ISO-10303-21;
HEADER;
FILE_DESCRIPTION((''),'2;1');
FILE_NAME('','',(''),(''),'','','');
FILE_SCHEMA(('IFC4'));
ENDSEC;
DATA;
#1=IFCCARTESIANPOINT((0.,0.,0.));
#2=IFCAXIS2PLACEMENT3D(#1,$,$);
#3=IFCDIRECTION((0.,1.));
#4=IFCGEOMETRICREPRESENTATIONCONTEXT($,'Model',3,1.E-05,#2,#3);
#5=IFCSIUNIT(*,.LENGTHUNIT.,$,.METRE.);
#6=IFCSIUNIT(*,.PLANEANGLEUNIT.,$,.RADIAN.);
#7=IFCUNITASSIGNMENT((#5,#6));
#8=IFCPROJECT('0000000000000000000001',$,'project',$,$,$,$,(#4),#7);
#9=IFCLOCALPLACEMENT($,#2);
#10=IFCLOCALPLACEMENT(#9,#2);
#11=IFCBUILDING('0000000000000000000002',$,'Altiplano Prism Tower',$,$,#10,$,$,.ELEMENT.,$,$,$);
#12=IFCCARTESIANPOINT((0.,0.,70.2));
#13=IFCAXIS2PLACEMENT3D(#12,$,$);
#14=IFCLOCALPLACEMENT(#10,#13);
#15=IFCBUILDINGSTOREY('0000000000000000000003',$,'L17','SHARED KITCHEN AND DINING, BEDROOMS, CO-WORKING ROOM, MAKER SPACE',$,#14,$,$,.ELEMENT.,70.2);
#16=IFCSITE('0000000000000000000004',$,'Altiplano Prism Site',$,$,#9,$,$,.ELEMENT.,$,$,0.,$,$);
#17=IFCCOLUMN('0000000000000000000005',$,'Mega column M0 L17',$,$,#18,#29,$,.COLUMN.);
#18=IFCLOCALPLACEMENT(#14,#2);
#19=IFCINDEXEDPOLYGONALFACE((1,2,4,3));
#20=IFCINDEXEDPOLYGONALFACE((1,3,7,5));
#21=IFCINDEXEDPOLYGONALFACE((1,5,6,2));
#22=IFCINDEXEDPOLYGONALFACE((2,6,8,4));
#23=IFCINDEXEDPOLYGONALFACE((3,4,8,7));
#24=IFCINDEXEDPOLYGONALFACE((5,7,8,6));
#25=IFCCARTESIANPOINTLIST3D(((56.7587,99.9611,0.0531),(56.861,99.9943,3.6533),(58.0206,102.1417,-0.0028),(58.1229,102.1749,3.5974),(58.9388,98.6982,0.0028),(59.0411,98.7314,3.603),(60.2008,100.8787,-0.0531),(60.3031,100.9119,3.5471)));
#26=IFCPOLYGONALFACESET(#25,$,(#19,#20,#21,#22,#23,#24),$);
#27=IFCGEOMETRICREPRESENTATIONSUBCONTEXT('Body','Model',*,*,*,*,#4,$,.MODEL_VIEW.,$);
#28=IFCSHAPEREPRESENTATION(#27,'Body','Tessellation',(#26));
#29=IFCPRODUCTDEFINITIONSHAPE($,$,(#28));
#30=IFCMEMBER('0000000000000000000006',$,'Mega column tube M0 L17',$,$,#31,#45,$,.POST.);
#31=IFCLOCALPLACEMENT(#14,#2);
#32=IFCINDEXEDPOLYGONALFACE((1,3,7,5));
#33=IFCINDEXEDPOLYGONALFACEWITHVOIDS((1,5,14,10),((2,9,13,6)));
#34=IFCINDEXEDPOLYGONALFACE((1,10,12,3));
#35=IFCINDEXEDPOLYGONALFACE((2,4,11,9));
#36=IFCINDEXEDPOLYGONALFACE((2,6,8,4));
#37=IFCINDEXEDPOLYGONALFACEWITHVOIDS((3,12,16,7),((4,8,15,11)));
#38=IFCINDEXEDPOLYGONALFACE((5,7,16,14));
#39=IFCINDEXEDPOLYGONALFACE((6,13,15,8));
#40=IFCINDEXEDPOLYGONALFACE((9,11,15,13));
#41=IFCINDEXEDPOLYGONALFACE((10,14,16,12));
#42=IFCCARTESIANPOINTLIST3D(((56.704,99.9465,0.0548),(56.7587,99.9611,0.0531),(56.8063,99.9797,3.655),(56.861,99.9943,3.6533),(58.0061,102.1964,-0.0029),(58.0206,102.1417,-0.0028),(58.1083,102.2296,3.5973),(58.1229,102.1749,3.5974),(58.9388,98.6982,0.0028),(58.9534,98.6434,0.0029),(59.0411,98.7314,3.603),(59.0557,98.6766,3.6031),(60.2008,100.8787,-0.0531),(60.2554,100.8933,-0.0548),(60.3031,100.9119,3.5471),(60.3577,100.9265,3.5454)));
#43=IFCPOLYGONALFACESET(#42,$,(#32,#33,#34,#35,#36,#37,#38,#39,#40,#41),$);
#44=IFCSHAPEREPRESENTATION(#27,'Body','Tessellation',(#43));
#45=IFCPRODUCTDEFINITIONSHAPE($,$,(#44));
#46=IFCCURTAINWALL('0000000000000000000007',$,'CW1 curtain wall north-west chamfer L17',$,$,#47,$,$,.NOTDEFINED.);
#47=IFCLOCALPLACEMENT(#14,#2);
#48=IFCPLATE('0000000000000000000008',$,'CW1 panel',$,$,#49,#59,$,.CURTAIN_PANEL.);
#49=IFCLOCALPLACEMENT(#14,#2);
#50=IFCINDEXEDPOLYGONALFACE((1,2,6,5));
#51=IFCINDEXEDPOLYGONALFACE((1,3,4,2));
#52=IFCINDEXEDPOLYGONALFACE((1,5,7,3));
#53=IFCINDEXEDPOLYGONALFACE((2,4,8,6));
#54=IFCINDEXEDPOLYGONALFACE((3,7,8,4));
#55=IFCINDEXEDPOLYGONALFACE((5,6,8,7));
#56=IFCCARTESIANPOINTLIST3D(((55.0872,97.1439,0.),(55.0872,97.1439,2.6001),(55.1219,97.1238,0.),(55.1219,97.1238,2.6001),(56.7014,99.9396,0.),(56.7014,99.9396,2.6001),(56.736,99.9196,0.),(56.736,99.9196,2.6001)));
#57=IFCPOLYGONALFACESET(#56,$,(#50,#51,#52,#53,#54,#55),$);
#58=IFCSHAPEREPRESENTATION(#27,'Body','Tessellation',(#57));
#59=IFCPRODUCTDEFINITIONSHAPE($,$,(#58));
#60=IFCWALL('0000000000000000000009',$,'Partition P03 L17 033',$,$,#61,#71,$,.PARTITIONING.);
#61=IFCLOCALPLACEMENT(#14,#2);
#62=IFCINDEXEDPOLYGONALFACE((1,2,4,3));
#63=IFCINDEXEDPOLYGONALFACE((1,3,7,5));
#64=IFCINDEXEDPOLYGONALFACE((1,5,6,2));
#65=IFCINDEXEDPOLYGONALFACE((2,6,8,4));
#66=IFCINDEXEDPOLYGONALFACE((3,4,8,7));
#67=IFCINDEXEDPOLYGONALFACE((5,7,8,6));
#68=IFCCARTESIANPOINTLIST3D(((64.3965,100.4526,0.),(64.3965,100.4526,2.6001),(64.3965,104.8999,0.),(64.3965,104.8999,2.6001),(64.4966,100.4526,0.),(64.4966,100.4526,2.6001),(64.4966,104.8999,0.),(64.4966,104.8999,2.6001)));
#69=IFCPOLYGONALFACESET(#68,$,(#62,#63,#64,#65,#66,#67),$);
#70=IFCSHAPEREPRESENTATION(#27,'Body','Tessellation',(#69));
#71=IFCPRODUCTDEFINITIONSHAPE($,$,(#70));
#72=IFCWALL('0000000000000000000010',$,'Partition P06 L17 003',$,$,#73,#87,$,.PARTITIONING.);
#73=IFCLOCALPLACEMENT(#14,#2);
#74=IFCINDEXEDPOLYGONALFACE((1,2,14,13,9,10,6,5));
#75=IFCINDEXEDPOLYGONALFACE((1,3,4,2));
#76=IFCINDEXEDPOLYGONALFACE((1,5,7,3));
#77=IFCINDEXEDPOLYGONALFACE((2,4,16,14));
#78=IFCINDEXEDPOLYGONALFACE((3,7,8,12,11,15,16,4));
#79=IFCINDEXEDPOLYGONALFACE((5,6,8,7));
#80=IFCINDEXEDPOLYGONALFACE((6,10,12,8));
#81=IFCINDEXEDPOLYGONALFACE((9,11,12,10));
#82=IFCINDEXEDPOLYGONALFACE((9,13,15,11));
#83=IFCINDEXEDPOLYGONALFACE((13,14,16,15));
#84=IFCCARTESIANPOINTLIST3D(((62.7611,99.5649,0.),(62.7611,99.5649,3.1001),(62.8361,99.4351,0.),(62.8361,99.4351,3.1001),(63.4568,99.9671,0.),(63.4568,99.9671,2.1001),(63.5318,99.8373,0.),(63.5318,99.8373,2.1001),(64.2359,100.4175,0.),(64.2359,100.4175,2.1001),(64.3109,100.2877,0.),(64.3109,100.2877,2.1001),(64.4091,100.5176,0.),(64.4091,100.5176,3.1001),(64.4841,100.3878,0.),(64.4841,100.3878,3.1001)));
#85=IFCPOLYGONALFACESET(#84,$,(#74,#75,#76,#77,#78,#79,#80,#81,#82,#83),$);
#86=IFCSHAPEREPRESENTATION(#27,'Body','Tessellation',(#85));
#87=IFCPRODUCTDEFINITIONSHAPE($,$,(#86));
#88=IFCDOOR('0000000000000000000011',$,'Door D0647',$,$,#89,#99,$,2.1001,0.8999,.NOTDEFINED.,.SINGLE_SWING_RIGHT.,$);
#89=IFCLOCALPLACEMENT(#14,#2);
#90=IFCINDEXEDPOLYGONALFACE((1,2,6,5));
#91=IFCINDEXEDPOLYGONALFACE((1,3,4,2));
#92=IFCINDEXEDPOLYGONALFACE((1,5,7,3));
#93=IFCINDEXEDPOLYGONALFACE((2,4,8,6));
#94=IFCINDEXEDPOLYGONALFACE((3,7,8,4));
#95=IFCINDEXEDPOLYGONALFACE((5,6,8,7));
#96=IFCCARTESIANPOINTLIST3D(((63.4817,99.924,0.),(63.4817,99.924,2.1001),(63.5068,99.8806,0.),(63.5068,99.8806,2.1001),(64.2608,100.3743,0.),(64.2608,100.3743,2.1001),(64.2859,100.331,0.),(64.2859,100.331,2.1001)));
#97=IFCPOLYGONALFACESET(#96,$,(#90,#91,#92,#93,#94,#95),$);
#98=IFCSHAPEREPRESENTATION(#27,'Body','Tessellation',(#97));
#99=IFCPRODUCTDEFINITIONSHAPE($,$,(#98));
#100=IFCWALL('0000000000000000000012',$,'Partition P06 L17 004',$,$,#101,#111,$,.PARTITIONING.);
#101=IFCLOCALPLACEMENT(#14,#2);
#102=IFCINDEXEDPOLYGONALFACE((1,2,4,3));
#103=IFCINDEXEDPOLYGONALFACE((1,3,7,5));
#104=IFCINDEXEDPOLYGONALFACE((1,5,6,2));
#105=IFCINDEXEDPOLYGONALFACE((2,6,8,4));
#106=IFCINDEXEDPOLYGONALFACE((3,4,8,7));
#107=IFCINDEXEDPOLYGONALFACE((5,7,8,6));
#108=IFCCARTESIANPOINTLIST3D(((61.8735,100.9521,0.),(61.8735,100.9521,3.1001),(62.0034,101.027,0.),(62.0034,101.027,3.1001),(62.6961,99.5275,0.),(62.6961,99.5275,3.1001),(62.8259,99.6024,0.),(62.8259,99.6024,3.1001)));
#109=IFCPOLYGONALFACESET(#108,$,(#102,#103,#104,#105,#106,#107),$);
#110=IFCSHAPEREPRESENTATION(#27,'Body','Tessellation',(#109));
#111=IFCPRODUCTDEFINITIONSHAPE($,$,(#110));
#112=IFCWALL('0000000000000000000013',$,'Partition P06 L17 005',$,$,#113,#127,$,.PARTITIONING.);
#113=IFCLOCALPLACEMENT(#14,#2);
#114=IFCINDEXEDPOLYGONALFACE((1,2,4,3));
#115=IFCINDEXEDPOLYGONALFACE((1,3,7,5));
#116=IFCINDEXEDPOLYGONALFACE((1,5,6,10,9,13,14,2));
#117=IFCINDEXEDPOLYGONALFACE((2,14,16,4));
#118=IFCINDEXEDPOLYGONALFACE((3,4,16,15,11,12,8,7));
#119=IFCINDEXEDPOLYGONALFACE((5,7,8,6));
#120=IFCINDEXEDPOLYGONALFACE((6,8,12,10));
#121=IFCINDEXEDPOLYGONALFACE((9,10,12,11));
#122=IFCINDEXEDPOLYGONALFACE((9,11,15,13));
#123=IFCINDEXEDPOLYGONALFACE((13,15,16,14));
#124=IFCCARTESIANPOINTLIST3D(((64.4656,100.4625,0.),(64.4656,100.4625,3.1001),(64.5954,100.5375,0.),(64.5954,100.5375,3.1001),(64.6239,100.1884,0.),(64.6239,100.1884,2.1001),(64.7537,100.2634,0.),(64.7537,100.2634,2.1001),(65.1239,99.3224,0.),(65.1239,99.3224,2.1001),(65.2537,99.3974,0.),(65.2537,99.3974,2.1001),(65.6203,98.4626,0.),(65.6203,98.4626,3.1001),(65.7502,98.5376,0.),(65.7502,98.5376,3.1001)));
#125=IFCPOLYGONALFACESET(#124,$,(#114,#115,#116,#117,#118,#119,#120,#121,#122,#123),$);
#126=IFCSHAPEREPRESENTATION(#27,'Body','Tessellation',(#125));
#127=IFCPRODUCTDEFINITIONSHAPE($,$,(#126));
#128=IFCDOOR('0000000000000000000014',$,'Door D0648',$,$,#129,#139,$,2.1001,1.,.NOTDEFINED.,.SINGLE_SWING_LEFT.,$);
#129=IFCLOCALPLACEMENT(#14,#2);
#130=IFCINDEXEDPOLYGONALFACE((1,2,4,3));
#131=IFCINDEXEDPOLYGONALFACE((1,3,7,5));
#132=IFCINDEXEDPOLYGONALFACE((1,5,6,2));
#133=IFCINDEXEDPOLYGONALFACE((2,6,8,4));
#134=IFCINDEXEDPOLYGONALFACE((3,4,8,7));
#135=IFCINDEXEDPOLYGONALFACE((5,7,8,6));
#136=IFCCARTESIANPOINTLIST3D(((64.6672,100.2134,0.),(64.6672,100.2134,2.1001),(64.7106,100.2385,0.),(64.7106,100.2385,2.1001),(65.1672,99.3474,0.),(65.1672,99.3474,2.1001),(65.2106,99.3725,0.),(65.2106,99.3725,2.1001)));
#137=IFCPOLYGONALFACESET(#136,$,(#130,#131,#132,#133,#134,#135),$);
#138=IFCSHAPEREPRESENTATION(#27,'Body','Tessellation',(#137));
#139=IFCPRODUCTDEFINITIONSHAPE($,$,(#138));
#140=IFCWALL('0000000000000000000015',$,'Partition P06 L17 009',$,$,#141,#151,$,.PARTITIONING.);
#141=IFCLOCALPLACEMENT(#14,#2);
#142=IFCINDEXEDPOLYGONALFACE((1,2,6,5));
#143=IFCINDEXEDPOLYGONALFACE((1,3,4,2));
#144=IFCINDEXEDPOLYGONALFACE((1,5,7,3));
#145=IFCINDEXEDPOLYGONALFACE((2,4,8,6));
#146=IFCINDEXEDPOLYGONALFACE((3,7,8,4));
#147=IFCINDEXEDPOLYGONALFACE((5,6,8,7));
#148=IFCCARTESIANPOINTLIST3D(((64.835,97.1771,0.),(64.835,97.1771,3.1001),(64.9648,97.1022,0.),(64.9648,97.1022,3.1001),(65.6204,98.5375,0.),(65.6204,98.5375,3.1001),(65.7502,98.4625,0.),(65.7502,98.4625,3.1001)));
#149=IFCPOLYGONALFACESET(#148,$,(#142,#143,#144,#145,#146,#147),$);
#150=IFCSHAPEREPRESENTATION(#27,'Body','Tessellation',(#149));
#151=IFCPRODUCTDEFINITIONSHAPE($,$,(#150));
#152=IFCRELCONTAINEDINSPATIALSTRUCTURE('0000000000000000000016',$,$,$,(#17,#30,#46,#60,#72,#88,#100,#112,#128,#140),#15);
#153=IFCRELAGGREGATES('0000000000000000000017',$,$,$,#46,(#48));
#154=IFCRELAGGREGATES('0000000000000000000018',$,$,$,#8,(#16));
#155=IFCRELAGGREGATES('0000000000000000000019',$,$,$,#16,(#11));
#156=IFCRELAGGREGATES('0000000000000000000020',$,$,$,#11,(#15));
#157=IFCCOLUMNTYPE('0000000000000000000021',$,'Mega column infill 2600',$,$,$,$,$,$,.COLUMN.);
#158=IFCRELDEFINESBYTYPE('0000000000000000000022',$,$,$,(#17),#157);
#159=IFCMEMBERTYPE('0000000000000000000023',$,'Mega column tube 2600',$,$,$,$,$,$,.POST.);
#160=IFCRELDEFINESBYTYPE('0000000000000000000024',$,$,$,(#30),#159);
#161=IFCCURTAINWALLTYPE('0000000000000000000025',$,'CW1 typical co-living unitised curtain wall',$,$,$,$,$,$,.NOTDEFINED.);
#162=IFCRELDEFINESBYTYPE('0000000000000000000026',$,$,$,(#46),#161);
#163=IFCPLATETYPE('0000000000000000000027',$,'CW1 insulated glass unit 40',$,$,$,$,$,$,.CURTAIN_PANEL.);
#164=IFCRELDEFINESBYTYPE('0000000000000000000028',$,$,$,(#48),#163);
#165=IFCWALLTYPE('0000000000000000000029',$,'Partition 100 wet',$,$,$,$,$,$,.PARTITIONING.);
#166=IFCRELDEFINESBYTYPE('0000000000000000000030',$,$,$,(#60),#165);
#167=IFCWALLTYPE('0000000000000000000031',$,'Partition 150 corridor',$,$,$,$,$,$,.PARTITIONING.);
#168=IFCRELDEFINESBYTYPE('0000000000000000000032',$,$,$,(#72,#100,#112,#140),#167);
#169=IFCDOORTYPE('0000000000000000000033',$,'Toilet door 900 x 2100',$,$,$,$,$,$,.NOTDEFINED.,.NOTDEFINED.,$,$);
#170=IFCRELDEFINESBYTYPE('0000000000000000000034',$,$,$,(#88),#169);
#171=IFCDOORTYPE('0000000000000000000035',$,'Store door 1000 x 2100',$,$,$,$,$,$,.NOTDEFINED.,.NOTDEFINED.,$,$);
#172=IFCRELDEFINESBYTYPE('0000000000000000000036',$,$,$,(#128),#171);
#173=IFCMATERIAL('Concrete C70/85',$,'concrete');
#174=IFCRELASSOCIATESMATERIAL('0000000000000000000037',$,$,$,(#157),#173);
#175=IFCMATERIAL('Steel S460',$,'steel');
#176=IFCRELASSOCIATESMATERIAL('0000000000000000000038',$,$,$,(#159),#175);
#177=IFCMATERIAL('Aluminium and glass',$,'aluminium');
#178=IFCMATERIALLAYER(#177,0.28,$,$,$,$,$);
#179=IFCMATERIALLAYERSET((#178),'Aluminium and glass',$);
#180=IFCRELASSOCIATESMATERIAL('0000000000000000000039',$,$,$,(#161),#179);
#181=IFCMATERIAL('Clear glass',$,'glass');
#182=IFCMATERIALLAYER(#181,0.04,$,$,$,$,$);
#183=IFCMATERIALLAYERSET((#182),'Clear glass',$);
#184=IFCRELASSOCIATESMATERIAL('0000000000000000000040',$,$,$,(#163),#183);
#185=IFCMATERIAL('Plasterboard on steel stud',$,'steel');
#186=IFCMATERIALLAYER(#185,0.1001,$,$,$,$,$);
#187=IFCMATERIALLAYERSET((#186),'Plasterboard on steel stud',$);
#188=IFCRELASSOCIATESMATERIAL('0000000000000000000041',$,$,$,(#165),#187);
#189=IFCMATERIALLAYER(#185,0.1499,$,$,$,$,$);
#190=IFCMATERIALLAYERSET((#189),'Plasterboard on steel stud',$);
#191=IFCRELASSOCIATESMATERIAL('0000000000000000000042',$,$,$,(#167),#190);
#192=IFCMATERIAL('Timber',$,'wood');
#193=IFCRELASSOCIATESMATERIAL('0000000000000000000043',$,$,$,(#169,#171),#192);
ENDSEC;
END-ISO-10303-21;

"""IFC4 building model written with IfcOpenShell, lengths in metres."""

from ifc_helpers import new_model, si_unit, direction, frame, frame_2d, origin, origin_2d, place, context, subcontext, project, spatial, rectangle, hollow_rectangle, extrude, material, layer, layer_set, material_profile, profile_set, type_object, element, fill, aggregate, save


model = new_model("IFC4")

# Units and contexts
model_context = context("Model", 3, precision=1e-05, world=origin(), true_north=direction((0.0, 1.0)))
body_context = subcontext(model_context, "Body", "Model", "MODEL_VIEW")
ifc_project = project(units=[si_unit("LENGTHUNIT", "METRE"), si_unit("PLANEANGLEUNIT", "RADIAN")], contexts=[model_context])

# Site, building, storey
site_placement = place(None, origin())
site = spatial("IfcSite", under=ifc_project, at=site_placement, Name="Altiplano Prism Site", CompositionType="ELEMENT", RefElevation=0.0)
building_placement = place(site_placement, origin())
building = spatial("IfcBuilding", under=site, at=building_placement, Name="Altiplano Prism Tower", CompositionType="ELEMENT")
storey_placement = place(building_placement, frame((0.0, 0.0, 70.2)))
storey = spatial("IfcBuildingStorey", under=building, at=storey_placement, Name="L17", Description="SHARED KITCHEN AND DINING, BEDROOMS, CO-WORKING ROOM, MAKER SPACE", CompositionType="ELEMENT", Elevation=70.2)

# Column
ifc_material_1 = material(Name="Concrete C70/85", Category="concrete")
ifc_material_profile_1 = material_profile(ifc_material_1, rectangle(XDim=2.52, YDim=2.52, at=origin_2d()), Name="Mega column infill 2600")
ifc_profile_set_1 = profile_set([ifc_material_profile_1], Name="Concrete C70/85")
column_type = type_object("IfcColumnType", Name="Mega column infill 2600", PredefinedType="COLUMN", material=ifc_profile_set_1)
column_placement = place(storey_placement, frame((58.4797, 100.4199, 0.0), z_axis=(0.028402, 0.009219, 0.999554), x_axis=(-0.86512, 0.501167, 0.01996)))
element("IfcColumn", 1, at=column_placement, inside=storey, type_object=column_type, Name="Mega column M0 L17", PredefinedType="COLUMN", context=body_context, shape_type="SweptSolid", body=[
    extrude(rectangle(XDim=2.52, YDim=2.52, at=origin_2d()), origin(), (0.0, 0.0, 1.0), 3.6018),
])

# Member
ifc_material_2 = material(Name="Steel S460", Category="steel")
ifc_material_profile_2 = material_profile(ifc_material_2, hollow_rectangle(XDim=2.6001, YDim=2.6001, WallThickness=0.04, at=origin_2d()), Name="Mega column tube 2600")
ifc_profile_set_2 = profile_set([ifc_material_profile_2], Name="Steel S460")
member_type = type_object("IfcMemberType", Name="Mega column tube 2600", PredefinedType="POST", material=ifc_profile_set_2)
member_placement = place(storey_placement, frame((58.4797, 100.4199, 0.0), z_axis=(0.028402, 0.009219, 0.999554), x_axis=(-0.86512, 0.501167, 0.01996)))
element("IfcMember", 2, at=member_placement, inside=storey, type_object=member_type, Name="Mega column tube M0 L17", PredefinedType="POST", context=body_context, shape_type="SweptSolid", body=[
    extrude(hollow_rectangle(XDim=2.6001, YDim=2.6001, WallThickness=0.04, at=origin_2d()), origin(), (0.0, 0.0, 1.0), 3.6018),
])

# Curtain wall, plate
ifc_material_3 = material(Name="Aluminium and glass", Category="aluminium")
ifc_layer_1 = layer(ifc_material_3, 0.28)
ifc_layer_set_1 = layer_set([ifc_layer_1], Name="Aluminium and glass")
curtain_wall_type = type_object("IfcCurtainWallType", Name="CW1 typical co-living unitised curtain wall", PredefinedType="NOTDEFINED", material=ifc_layer_set_1)
curtain_wall_placement = place(storey_placement, origin())
curtain_wall = element("IfcCurtainWall", 3, at=curtain_wall_placement, inside=storey, type_object=curtain_wall_type, Name="CW1 curtain wall north-west chamfer L17", PredefinedType="NOTDEFINED")
ifc_material_4 = material(Name="Clear glass", Category="glass")
ifc_layer_2 = layer(ifc_material_4, 0.04)
ifc_layer_set_2 = layer_set([ifc_layer_2], Name="Clear glass")
plate_type = type_object("IfcPlateType", Name="CW1 insulated glass unit 40", PredefinedType="CURTAIN_PANEL", material=ifc_layer_set_2)
plate_placement = place(storey_placement, frame((55.9116, 98.5317, 0.0), z_axis=(0.0, 0.0, 1.0), x_axis=(-0.5, -0.866025, 0.0)))
plate = element("IfcPlate", 4, at=plate_placement, type_object=plate_type, Name="CW1 panel", PredefinedType="CURTAIN_PANEL", context=body_context, shape_type="SweptSolid", body=[
    extrude(rectangle(XDim=3.2283, YDim=0.04, at=origin_2d()), origin(), (0.0, 0.0, 1.0), 2.6001),
])
aggregate(curtain_wall, [plate])

# Wall
ifc_material_5 = material(Name="Plasterboard on steel stud", Category="steel")
ifc_layer_3 = layer(ifc_material_5, 0.1001)
ifc_layer_set_3 = layer_set([ifc_layer_3], Name="Plasterboard on steel stud")
wall_type_1 = type_object("IfcWallType", Name="Partition 100 wet", PredefinedType="PARTITIONING", material=ifc_layer_set_3)
wall_1_placement = place(storey_placement, frame((64.4465, 100.4526, 0.0), z_axis=(0.0, 0.0, 1.0), x_axis=(0.0, 1.0, 0.0)))
element("IfcWall", 5, at=wall_1_placement, inside=storey, type_object=wall_type_1, Name="Partition P03 L17 033", PredefinedType="PARTITIONING", context=body_context, shape_type="SweptSolid", body=[
    extrude(rectangle(XDim=4.4473, YDim=0.1001, at=frame_2d((2.2236, 0.0))), origin(), (0.0, 0.0, 1.0), 2.6001),
])

# Wall, opening, door
ifc_layer_4 = layer(ifc_material_5, 0.1499)
ifc_layer_set_4 = layer_set([ifc_layer_4], Name="Plasterboard on steel stud")
wall_type_2 = type_object("IfcWallType", Name="Partition 150 corridor", PredefinedType="PARTITIONING", material=ifc_layer_set_4)
wall_2_placement = place(storey_placement, frame((64.4465, 100.4526, 0.0), z_axis=(0.0, 0.0, 1.0), x_axis=(-0.865754, -0.50047, 0.0)))
wall_2 = element("IfcWall", 6, at=wall_2_placement, inside=storey, type_object=wall_type_2, Name="Partition P06 L17 003", PredefinedType="PARTITIONING", context=body_context, shape_type="SweptSolid", body=[
    extrude(rectangle(XDim=1.9036, YDim=0.1499, at=frame_2d((0.9517, 0.0))), origin(), (0.0, 0.0, 1.0), 3.1001),
])
opening_1_placement = place(wall_2_placement, frame((0.2, 0.0, 0.0)))
opening_1 = element("IfcOpeningElement", 7, at=opening_1_placement, cuts=wall_2, PredefinedType="OPENING", context=body_context, shape_type="SweptSolid", body=[
    extrude(rectangle(XDim=0.8999, YDim=2.1001, at=frame_2d((0.45, 1.05))), frame((0.0, 0.0854, 0.0), z_axis=(0.0, -1.0, 0.0), x_axis=(1.0, 0.0, 0.0)), (0.0, 0.0, 1.0), 0.1709),
])
ifc_material_6 = material(Name="Timber", Category="wood")
door_type_1 = type_object("IfcDoorType", Name="Toilet door 900 x 2100", OperationType="NOTDEFINED", PredefinedType="NOTDEFINED", material=ifc_material_6)
door_1_placement = place(opening_1_placement, origin())
door_1 = element("IfcDoor", 8, at=door_1_placement, inside=storey, type_object=door_type_1, Name="Door D0647", OperationType="SINGLE_SWING_RIGHT", OverallHeight=2.1001, OverallWidth=0.8999, PredefinedType="NOTDEFINED", context=body_context, shape_type="SweptSolid", body=[
    extrude(rectangle(XDim=0.8999, YDim=2.1001, at=frame_2d((0.45, 1.05))), frame((0.0, 0.0249, 0.0), z_axis=(0.0, -1.0, 0.0), x_axis=(1.0, 0.0, 0.0)), (0.0, 0.0, 1.0), 0.05),
])
fill(opening_1, door_1)

# Wall
wall_3_placement = place(storey_placement, frame((62.761, 99.5649, 0.0), z_axis=(0.0, 0.0, 1.0), x_axis=(-0.500018, 0.866015, 0.0)))
element("IfcWall", 9, at=wall_3_placement, inside=storey, type_object=wall_type_2, Name="Partition P06 L17 004", PredefinedType="PARTITIONING", context=body_context, shape_type="SweptSolid", body=[
    extrude(rectangle(XDim=1.645, YDim=0.1499, at=frame_2d((0.8225, 0.0))), origin(), (0.0, 0.0, 1.0), 3.1001),
])

# Wall, opening, door
wall_4_placement = place(storey_placement, frame((65.6853, 98.5, 0.0), z_axis=(0.0, 0.0, 1.0), x_axis=(-0.500027, 0.86601, 0.0)))
wall_4 = element("IfcWall", 10, at=wall_4_placement, inside=storey, type_object=wall_type_2, Name="Partition P06 L17 005", PredefinedType="PARTITIONING", context=body_context, shape_type="SweptSolid", body=[
    extrude(rectangle(XDim=2.3093, YDim=0.1499, at=frame_2d((1.1548, 0.0))), origin(), (0.0, 0.0, 1.0), 3.1001),
])
opening_2_placement = place(wall_4_placement, frame((0.9929, 0.0, 0.0)))
opening_2 = element("IfcOpeningElement", 11, at=opening_2_placement, cuts=wall_4, PredefinedType="OPENING", context=body_context, shape_type="SweptSolid", body=[
    extrude(rectangle(XDim=1.0, YDim=2.1001, at=frame_2d((0.5, 1.05))), frame((0.0, 0.0854, 0.0), z_axis=(0.0, -1.0, 0.0), x_axis=(1.0, 0.0, 0.0)), (0.0, 0.0, 1.0), 0.1709),
])
door_type_2 = type_object("IfcDoorType", Name="Store door 1000 x 2100", OperationType="NOTDEFINED", PredefinedType="NOTDEFINED", material=ifc_material_6)
door_2_placement = place(opening_2_placement, origin())
door_2 = element("IfcDoor", 12, at=door_2_placement, inside=storey, type_object=door_type_2, Name="Door D0648", OperationType="SINGLE_SWING_LEFT", OverallHeight=2.1001, OverallWidth=1.0, PredefinedType="NOTDEFINED", context=body_context, shape_type="SweptSolid", body=[
    extrude(rectangle(XDim=1.0, YDim=2.1001, at=frame_2d((0.5, 1.05))), frame((0.0, 0.0249, 0.0), z_axis=(0.0, -1.0, 0.0), x_axis=(1.0, 0.0, 0.0)), (0.0, 0.0, 1.0), 0.05),
])
fill(opening_2, door_2)

# Wall
wall_5_placement = place(storey_placement, frame((64.8999, 97.1396, 0.0), z_axis=(0.0, 0.0, 1.0), x_axis=(0.500001, 0.866025, 0.0)))
element("IfcWall", 13, at=wall_5_placement, inside=storey, type_object=wall_type_2, Name="Partition P06 L17 009", PredefinedType="PARTITIONING", context=body_context, shape_type="SweptSolid", body=[
    extrude(rectangle(XDim=1.5708, YDim=0.1499, at=frame_2d((0.7854, 0.0))), origin(), (0.0, 0.0, 1.0), 3.1001),
])

save(model, "model.ifc")
